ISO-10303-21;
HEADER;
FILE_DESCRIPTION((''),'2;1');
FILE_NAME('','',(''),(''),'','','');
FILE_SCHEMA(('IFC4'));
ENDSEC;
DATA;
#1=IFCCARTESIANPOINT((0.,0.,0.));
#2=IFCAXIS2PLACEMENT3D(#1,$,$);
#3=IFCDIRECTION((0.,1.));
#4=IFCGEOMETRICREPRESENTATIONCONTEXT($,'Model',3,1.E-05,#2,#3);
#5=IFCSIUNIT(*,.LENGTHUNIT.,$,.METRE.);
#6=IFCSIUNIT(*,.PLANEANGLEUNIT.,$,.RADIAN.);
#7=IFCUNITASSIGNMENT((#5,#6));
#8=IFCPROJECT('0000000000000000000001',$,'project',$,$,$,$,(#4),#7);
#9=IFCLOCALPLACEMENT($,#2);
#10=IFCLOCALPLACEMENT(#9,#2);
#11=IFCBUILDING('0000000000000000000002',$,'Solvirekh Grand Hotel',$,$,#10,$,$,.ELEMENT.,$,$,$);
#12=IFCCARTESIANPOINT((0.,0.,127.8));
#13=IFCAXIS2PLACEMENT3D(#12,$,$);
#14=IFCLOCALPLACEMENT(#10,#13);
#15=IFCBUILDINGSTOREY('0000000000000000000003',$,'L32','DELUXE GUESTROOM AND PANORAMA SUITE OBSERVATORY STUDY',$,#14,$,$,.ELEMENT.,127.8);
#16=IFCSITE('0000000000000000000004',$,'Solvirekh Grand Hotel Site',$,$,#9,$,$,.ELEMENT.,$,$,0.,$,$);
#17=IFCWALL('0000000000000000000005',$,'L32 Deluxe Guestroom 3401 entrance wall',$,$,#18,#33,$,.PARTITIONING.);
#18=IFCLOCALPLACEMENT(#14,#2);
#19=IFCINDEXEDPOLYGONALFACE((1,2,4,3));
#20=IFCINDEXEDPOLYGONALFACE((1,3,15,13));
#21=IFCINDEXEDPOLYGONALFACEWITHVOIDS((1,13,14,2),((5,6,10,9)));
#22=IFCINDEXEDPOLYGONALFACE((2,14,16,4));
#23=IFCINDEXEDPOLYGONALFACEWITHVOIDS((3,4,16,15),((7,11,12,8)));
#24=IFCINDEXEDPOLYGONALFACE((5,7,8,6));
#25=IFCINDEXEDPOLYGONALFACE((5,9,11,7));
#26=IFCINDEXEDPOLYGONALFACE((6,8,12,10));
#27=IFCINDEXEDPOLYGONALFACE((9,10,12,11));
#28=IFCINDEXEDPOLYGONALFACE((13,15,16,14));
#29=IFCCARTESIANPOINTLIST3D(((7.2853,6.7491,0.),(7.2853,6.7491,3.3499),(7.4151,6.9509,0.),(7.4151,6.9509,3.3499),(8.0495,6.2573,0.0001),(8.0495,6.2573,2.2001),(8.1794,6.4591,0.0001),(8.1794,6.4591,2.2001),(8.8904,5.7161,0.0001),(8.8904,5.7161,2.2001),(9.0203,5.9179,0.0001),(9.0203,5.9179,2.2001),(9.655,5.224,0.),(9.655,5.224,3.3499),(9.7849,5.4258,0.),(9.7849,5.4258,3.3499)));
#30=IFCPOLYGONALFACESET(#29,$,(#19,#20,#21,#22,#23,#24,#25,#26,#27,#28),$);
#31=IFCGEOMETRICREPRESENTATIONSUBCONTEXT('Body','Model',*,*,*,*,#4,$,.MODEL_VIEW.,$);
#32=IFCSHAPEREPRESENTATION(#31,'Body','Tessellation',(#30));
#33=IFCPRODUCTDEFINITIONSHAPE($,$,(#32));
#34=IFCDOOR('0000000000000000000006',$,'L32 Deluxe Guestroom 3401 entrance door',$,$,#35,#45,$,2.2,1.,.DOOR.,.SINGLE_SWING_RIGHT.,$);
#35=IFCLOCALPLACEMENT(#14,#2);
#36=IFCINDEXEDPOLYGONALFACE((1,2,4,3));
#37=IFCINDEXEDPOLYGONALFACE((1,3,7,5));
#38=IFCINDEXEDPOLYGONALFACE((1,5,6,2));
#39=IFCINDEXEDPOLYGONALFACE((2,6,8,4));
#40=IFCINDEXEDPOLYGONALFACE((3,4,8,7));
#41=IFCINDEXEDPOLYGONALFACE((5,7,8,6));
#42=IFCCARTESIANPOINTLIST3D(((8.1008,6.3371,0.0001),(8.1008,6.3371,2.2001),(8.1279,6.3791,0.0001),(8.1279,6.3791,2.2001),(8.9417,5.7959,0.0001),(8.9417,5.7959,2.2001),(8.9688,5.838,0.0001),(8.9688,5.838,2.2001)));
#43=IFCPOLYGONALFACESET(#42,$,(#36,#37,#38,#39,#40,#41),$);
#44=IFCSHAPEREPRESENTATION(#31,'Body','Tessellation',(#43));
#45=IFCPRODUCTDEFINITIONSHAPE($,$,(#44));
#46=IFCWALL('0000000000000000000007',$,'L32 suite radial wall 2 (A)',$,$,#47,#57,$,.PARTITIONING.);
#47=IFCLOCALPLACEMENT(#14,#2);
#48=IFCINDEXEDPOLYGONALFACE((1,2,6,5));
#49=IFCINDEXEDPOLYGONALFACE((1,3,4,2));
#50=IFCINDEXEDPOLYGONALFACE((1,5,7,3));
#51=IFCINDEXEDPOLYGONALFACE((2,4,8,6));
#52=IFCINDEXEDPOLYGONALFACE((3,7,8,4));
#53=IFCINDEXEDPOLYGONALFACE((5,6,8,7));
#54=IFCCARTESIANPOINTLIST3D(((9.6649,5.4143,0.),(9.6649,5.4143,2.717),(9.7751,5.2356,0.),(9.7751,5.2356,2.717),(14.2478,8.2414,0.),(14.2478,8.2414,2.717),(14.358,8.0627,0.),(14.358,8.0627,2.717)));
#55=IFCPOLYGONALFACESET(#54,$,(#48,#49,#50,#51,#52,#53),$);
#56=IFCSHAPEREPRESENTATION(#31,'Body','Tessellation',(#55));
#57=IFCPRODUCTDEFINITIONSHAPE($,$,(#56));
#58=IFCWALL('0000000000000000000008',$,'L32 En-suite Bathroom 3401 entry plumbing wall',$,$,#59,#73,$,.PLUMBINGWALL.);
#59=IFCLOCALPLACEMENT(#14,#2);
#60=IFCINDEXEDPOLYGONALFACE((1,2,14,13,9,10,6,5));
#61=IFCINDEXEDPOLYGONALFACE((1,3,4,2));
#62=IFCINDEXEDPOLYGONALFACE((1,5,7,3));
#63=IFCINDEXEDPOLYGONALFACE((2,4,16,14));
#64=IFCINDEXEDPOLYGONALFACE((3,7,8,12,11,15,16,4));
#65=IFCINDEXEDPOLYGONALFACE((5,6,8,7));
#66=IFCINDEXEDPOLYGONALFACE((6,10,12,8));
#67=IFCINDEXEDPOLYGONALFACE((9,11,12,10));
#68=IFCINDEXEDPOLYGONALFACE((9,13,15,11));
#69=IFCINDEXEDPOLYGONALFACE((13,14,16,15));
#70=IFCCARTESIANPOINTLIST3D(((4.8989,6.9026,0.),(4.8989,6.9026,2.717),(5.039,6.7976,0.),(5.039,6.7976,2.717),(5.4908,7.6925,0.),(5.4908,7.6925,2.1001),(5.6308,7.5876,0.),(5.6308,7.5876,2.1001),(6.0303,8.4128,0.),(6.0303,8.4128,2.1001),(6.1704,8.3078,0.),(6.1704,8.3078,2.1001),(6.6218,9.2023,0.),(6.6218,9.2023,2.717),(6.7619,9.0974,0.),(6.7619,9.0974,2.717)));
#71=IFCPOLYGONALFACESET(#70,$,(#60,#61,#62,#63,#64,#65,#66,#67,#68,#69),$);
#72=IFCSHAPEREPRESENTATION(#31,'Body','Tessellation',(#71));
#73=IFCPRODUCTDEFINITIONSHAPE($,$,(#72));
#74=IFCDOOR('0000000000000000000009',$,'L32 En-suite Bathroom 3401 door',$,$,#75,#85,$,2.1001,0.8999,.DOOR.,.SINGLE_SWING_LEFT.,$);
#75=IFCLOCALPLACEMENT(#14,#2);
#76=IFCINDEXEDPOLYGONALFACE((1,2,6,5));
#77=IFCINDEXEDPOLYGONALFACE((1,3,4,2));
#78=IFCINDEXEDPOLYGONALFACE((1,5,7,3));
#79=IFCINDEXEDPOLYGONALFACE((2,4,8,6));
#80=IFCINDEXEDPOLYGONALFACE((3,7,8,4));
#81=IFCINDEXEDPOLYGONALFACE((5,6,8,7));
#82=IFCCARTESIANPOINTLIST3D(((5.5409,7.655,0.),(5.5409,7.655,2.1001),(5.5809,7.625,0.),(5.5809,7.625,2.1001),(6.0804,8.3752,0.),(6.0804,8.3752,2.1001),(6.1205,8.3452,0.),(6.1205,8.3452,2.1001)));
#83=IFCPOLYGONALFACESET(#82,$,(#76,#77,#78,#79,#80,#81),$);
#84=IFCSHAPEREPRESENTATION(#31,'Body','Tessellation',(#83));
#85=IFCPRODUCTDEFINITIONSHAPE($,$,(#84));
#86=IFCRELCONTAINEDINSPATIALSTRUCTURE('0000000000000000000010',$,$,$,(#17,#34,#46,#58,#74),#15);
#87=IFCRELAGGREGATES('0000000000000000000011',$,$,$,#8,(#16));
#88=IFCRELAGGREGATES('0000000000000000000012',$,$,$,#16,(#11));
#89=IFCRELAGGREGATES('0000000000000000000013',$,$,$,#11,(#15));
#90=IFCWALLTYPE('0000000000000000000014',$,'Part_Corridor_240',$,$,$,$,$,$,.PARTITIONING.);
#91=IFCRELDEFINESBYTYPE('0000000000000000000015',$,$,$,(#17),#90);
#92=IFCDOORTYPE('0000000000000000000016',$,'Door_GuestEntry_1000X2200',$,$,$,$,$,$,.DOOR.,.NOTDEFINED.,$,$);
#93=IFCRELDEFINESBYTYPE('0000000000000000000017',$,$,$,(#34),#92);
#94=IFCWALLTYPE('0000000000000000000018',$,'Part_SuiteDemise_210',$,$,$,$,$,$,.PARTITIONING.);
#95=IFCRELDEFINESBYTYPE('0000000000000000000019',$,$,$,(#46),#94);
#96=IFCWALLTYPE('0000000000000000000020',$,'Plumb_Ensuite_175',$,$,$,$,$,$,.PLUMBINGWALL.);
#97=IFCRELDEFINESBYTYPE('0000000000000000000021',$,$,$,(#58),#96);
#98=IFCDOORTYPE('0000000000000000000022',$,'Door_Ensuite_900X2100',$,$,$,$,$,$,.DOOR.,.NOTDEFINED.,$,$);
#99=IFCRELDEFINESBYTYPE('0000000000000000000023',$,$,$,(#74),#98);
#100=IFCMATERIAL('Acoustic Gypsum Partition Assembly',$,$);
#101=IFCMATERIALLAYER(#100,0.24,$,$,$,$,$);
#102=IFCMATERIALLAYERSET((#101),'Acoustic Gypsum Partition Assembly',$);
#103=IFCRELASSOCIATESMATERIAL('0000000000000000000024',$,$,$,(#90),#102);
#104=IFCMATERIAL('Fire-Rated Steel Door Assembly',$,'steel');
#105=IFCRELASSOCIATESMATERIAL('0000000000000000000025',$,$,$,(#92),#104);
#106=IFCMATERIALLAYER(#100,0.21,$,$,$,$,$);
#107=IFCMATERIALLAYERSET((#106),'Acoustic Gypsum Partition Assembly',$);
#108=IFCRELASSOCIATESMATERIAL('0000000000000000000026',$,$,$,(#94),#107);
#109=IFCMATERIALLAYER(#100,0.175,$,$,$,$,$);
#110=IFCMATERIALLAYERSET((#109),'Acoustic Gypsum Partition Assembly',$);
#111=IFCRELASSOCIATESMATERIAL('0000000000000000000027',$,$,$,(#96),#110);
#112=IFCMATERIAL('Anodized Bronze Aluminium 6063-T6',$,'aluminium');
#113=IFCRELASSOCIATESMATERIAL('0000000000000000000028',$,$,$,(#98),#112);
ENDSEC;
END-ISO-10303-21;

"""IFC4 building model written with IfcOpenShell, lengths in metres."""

from ifc_helpers import new_model, si_unit, direction, frame, frame_2d, origin, place, context, subcontext, project, spatial, rectangle, extrude, material, layer, layer_set, type_object, element, fill, save


model = new_model("IFC4")

# Units and contexts
model_context = context("Model", 3, precision=1e-05, world=origin(), true_north=direction((0.0, 1.0)))
body_context = subcontext(model_context, "Body", "Model", "MODEL_VIEW")
ifc_project = project(units=[si_unit("LENGTHUNIT", "METRE"), si_unit("PLANEANGLEUNIT", "RADIAN")], contexts=[model_context])

# Site, building, storey
site_placement = place(None, origin())
site = spatial("IfcSite", under=ifc_project, at=site_placement, Name="Solvirekh Grand Hotel Site", CompositionType="ELEMENT", RefElevation=0.0)
building_placement = place(site_placement, origin())
building = spatial("IfcBuilding", under=site, at=building_placement, Name="Solvirekh Grand Hotel", CompositionType="ELEMENT")
storey_placement = place(building_placement, frame((0.0, 0.0, 127.8)))
storey = spatial("IfcBuildingStorey", under=building, at=storey_placement, Name="L32", Description="DELUXE GUESTROOM AND PANORAMA SUITE OBSERVATORY STUDY", CompositionType="ELEMENT", Elevation=127.8)

# Shared definitions
ifc_material_1 = material(Name="Acoustic Gypsum Partition Assembly")
ifc_material_2 = material(Name="Fire-Rated Steel Door Assembly", Category="steel")

# Shared definitions
ifc_layer_1 = layer(ifc_material_1, 0.24)
ifc_layer_set_1 = layer_set([ifc_layer_1], Name="Acoustic Gypsum Partition Assembly")
wall_type_1 = type_object("IfcWallType", Name="Part_Corridor_240", PredefinedType="PARTITIONING", material=ifc_layer_set_1)

# Wall, opening, door
wall_1_placement = place(storey_placement, frame((7.3501, 6.8501, 0.0), z_axis=(0.0, 0.0, 1.0), x_axis=(0.840911, -0.541173, 0.0)))
wall_1 = element("IfcWall", 1, at=wall_1_placement, inside=storey, type_object=wall_type_1, Name="L32 Deluxe Guestroom 3401 entrance wall", PredefinedType="PARTITIONING", context=body_context, shape_type="SweptSolid", body=[
    extrude(rectangle(XDim=2.8181, YDim=0.24, at=frame_2d((1.4092, 0.0))), origin(), (0.0, 0.0, 1.0), 3.3499),
])
opening_1_placement = place(wall_1_placement, frame((0.9089, 0.0, 0.0)))
opening_1 = element("IfcOpeningElement", 2, at=opening_1_placement, cuts=wall_1, PredefinedType="OPENING", context=body_context, shape_type="SweptSolid", body=[
    extrude(rectangle(XDim=1.0, YDim=2.2, at=frame_2d((0.5, 1.1001))), frame((0.0, 0.1299, 0.0), z_axis=(0.0, -1.0, 0.0), x_axis=(1.0, 0.0, 0.0)), (0.0, 0.0, 1.0), 0.26),
])
door_type_1 = type_object("IfcDoorType", Name="Door_GuestEntry_1000X2200", OperationType="NOTDEFINED", PredefinedType="DOOR", material=ifc_material_2)
door_1_placement = place(opening_1_placement, origin())
door_1 = element("IfcDoor", 3, at=door_1_placement, inside=storey, type_object=door_type_1, Name="L32 Deluxe Guestroom 3401 entrance door", OperationType="SINGLE_SWING_RIGHT", OverallHeight=2.2, OverallWidth=1.0, PredefinedType="DOOR", context=body_context, shape_type="SweptSolid", body=[
    extrude(rectangle(XDim=1.0, YDim=2.2, at=frame_2d((0.5, 1.1001))), frame((0.0, 0.0249, 0.0), z_axis=(0.0, -1.0, 0.0), x_axis=(1.0, 0.0, 0.0)), (0.0, 0.0, 1.0), 0.05),
])
fill(opening_1, door_1)

# Wall
ifc_layer_2 = layer(ifc_material_1, 0.21)
ifc_layer_set_2 = layer_set([ifc_layer_2], Name="Acoustic Gypsum Partition Assembly")
wall_type_2 = type_object("IfcWallType", Name="Part_SuiteDemise_210", PredefinedType="PARTITIONING", material=ifc_layer_set_2)
wall_2_placement = place(storey_placement, frame((9.72, 5.325, 0.0), z_axis=(0.0, 0.0, 1.0), x_axis=(0.851091, 0.525018, 0.0)))
element("IfcWall", 4, at=wall_2_placement, inside=storey, type_object=wall_type_2, Name="L32 suite radial wall 2 (A)", PredefinedType="PARTITIONING", context=body_context, shape_type="SweptSolid", body=[
    extrude(rectangle(XDim=5.3848, YDim=0.21, at=frame_2d((2.6924, 0.0))), origin(), (0.0, 0.0, 1.0), 2.717),
])

# Wall, opening, door
ifc_layer_3 = layer(ifc_material_1, 0.175)
ifc_layer_set_3 = layer_set([ifc_layer_3], Name="Acoustic Gypsum Partition Assembly")
wall_type_3 = type_object("IfcWallType", Name="Plumb_Ensuite_175", PredefinedType="PLUMBINGWALL", material=ifc_layer_set_3)
wall_3_placement = place(storey_placement, frame((4.969, 6.8501, 0.0), z_axis=(0.0, 0.0, 1.0), x_axis=(0.599565, 0.800326, 0.0)))
wall_3 = element("IfcWall", 5, at=wall_3_placement, inside=storey, type_object=wall_type_3, Name="L32 En-suite Bathroom 3401 entry plumbing wall", PredefinedType="PLUMBINGWALL", context=body_context, shape_type="SweptSolid", body=[
    extrude(rectangle(XDim=2.8735, YDim=0.175, at=frame_2d((1.4368, 0.0))), origin(), (0.0, 0.0, 1.0), 2.717),
])
opening_2_placement = place(wall_3_placement, frame((0.9871, 0.0, 0.0)))
opening_2 = element("IfcOpeningElement", 6, at=opening_2_placement, cuts=wall_3, PredefinedType="OPENING", context=body_context, shape_type="SweptSolid", body=[
    extrude(rectangle(XDim=0.8999, YDim=2.1001, at=frame_2d((0.45, 1.05))), frame((0.0, 0.0977, 0.0), z_axis=(0.0, -1.0, 0.0), x_axis=(1.0, 0.0, 0.0)), (0.0, 0.0, 1.0), 0.1951),
])
ifc_material_3 = material(Name="Anodized Bronze Aluminium 6063-T6", Category="aluminium")
door_type_2 = type_object("IfcDoorType", Name="Door_Ensuite_900X2100", OperationType="NOTDEFINED", PredefinedType="DOOR", material=ifc_material_3)
door_2_placement = place(opening_2_placement, origin())
door_2 = element("IfcDoor", 7, at=door_2_placement, inside=storey, type_object=door_type_2, Name="L32 En-suite Bathroom 3401 door", OperationType="SINGLE_SWING_LEFT", OverallHeight=2.1001, OverallWidth=0.8999, PredefinedType="DOOR", context=body_context, shape_type="SweptSolid", body=[
    extrude(rectangle(XDim=0.8999, YDim=2.1001, at=frame_2d((0.45, 1.05))), frame((0.0, 0.0249, 0.0), z_axis=(0.0, -1.0, 0.0), x_axis=(1.0, 0.0, 0.0)), (0.0, 0.0, 1.0), 0.05),
])
fill(opening_2, door_2)

save(model, "model.ifc")
